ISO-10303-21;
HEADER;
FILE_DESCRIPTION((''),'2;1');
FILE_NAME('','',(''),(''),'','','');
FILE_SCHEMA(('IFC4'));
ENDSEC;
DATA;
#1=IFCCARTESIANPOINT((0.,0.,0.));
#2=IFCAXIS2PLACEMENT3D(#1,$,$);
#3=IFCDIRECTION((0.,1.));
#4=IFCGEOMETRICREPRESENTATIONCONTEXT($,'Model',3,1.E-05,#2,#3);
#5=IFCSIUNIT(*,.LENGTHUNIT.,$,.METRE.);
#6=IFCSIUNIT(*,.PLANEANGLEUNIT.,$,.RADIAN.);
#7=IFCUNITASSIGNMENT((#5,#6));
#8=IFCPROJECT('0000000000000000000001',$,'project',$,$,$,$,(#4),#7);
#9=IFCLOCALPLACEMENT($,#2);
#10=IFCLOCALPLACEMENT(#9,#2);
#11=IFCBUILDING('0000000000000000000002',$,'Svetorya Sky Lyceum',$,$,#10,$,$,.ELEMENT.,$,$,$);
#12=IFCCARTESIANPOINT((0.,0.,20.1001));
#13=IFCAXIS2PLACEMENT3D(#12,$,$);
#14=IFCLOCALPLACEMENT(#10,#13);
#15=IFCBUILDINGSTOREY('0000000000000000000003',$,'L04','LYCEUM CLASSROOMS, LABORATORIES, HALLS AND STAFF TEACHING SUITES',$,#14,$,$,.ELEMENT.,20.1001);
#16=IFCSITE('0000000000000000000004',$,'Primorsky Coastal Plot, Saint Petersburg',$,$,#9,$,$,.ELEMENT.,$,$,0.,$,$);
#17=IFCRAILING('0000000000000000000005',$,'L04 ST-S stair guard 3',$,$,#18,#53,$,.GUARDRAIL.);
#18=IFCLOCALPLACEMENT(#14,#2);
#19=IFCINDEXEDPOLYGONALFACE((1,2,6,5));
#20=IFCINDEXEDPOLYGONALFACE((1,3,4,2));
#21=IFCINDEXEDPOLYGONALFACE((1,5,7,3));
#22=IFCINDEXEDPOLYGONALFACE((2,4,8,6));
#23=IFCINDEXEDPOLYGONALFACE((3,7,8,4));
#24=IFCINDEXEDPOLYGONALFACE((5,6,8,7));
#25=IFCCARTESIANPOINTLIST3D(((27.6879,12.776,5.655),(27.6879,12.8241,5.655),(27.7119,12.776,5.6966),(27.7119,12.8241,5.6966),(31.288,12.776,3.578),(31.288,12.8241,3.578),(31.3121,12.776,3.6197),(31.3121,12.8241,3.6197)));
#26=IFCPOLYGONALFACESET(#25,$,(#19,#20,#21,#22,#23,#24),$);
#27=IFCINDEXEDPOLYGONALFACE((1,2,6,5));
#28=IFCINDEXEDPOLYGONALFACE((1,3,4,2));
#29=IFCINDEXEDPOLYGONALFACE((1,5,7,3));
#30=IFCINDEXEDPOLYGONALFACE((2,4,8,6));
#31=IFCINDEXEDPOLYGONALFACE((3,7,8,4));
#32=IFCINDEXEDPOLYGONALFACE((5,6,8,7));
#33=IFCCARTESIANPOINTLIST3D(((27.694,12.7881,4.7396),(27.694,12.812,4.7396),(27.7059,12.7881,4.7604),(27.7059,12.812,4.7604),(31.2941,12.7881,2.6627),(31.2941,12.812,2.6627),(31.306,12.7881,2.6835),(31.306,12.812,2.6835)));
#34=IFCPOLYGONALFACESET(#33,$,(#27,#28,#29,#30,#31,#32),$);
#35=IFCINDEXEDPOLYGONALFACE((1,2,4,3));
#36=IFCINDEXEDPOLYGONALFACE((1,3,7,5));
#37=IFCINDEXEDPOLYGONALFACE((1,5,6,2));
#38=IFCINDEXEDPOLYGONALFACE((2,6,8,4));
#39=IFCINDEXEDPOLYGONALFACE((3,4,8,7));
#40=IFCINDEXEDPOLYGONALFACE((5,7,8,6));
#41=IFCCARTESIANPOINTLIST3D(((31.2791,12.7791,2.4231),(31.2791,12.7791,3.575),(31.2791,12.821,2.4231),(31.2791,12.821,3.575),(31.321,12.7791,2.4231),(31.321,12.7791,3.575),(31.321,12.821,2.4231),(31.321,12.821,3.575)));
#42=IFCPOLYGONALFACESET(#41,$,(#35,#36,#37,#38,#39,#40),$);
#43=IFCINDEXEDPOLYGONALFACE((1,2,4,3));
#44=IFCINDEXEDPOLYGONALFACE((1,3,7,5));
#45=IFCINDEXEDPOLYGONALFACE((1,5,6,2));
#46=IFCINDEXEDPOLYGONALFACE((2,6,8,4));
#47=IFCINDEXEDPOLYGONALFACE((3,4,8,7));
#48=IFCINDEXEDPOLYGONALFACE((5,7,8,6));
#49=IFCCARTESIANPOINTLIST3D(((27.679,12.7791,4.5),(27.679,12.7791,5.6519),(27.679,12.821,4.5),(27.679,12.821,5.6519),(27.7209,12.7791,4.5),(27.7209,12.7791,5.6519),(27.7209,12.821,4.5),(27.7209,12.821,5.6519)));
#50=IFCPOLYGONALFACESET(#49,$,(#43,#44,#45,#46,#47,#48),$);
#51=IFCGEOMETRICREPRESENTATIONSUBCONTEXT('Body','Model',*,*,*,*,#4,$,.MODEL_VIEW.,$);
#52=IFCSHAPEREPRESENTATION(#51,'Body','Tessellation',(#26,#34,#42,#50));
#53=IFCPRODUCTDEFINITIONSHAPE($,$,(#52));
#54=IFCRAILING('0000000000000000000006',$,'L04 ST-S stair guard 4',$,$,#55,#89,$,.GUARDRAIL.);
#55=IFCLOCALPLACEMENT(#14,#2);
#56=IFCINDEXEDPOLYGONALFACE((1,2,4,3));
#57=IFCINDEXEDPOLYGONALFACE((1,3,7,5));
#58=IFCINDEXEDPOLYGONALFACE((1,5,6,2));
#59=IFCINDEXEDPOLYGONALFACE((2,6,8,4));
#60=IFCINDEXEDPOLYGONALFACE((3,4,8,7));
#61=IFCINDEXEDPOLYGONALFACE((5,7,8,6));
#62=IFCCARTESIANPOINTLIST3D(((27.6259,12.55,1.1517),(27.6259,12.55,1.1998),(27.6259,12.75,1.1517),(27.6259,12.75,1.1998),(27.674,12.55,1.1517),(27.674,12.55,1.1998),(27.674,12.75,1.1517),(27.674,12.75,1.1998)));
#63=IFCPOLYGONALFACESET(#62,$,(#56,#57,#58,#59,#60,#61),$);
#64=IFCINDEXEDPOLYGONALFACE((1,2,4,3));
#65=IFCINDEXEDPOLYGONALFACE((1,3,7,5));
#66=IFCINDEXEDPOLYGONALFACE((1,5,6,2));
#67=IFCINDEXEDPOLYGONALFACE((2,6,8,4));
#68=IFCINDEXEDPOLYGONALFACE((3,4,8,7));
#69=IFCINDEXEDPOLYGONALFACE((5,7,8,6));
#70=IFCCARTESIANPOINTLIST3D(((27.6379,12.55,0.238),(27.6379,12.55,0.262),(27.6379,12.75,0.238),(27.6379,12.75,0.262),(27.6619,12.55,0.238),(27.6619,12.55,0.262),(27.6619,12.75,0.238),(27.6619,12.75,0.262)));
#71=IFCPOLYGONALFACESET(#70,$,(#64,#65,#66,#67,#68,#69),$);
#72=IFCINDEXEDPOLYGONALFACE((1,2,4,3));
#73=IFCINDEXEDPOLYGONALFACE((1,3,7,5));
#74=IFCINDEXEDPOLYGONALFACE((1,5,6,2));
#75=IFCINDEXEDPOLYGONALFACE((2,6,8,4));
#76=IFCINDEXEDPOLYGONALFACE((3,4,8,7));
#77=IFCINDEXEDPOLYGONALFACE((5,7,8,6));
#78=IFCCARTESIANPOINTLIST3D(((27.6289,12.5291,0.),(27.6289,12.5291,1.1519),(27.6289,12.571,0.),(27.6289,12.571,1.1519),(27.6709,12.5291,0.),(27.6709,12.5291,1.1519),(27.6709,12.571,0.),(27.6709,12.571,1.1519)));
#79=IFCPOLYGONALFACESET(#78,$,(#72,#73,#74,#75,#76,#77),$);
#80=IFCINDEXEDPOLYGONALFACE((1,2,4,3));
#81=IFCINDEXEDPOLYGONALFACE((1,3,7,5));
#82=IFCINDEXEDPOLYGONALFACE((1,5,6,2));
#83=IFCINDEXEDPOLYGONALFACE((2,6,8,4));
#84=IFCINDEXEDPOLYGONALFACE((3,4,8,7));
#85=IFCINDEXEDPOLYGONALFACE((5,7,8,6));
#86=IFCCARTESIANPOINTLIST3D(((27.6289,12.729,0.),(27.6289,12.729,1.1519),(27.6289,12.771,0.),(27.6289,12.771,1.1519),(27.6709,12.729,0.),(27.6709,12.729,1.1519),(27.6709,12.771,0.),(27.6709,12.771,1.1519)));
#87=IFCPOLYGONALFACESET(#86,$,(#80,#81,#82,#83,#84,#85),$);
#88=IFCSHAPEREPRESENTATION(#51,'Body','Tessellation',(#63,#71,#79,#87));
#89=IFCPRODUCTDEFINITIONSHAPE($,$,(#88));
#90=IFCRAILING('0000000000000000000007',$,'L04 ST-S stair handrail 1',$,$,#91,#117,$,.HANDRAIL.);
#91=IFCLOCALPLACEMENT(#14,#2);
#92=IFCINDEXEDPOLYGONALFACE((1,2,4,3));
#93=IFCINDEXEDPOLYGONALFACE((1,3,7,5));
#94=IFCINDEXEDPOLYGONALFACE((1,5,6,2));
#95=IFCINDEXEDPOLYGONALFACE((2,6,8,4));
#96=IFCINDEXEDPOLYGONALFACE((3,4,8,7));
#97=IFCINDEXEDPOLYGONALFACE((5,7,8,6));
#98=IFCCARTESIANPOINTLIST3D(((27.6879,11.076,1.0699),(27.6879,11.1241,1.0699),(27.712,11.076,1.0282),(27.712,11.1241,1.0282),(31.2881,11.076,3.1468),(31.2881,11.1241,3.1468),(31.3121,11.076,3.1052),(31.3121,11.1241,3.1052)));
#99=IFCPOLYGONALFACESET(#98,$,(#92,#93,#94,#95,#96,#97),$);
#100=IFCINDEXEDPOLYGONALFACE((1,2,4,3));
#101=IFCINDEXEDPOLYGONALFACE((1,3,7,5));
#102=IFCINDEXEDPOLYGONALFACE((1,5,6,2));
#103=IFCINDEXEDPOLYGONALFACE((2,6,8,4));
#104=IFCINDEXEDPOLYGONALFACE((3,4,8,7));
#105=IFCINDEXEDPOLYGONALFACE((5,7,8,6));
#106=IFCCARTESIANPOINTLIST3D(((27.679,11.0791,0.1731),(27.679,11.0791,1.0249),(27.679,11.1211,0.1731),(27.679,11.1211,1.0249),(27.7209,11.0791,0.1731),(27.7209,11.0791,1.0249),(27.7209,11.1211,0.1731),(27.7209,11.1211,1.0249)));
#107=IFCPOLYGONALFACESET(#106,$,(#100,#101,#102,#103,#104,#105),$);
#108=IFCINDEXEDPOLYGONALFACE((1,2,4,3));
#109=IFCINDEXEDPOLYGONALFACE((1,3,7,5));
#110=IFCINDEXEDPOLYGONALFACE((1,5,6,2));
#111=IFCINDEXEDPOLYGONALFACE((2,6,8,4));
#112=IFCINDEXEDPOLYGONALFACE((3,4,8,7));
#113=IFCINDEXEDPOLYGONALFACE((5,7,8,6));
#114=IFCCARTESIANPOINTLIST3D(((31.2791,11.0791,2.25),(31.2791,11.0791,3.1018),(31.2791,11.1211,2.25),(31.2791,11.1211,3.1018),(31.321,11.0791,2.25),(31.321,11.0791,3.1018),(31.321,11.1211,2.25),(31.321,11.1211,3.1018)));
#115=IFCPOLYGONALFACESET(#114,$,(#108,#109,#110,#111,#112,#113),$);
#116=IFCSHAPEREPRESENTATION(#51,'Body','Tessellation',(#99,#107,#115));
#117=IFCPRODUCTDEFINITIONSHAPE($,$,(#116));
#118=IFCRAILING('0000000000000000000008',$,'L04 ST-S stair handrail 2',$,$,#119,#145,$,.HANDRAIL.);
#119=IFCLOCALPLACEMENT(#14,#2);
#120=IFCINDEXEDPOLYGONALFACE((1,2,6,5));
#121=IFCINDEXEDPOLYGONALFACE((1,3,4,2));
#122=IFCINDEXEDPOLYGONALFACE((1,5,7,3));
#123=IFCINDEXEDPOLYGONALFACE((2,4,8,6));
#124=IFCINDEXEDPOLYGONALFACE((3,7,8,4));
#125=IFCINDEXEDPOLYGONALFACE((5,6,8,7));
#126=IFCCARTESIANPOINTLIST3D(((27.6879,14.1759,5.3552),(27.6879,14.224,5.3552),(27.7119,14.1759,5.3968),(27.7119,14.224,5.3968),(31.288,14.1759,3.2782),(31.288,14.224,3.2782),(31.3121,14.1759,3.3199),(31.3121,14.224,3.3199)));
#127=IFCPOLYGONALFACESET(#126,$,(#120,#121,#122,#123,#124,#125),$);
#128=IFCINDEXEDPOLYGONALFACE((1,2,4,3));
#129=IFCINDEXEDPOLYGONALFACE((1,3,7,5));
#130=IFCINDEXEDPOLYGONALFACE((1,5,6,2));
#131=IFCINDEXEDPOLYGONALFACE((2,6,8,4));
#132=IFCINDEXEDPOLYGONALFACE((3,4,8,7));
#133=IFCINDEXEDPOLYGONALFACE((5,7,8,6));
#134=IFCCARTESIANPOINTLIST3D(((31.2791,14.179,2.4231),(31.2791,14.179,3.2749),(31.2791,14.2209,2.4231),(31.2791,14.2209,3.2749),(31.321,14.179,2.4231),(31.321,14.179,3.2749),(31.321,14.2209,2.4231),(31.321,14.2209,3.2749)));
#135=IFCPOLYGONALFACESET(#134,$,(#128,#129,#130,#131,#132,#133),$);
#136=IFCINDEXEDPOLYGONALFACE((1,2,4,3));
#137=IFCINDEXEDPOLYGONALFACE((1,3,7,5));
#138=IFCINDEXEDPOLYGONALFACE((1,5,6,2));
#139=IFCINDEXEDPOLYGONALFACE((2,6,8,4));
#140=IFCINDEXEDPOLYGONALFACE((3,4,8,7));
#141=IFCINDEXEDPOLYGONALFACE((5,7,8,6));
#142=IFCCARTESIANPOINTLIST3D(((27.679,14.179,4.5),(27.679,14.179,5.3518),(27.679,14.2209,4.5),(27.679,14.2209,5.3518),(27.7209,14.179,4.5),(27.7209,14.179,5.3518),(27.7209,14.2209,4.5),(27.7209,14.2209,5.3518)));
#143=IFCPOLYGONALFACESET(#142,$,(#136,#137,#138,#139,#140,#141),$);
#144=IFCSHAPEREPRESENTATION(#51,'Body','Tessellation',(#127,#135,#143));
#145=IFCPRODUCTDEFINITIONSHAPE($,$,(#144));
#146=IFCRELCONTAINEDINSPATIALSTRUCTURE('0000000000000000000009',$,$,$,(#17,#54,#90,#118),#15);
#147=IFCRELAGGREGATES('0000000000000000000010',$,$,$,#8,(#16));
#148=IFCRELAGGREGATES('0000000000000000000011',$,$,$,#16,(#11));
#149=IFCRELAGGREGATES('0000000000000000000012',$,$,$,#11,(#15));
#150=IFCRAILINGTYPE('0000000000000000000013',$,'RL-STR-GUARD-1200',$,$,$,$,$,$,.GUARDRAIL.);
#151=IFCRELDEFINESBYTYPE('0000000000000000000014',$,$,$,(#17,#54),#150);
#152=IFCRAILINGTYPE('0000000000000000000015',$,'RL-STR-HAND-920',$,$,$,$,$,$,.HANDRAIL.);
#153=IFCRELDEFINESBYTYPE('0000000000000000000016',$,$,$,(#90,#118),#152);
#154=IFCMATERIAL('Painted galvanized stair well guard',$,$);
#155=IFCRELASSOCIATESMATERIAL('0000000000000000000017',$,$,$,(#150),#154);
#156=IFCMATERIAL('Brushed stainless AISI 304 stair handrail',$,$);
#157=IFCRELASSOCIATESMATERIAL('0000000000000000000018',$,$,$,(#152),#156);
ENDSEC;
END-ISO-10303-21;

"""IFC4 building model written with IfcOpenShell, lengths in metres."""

from ifc_helpers import new_model, si_unit, direction, frame, origin, origin_2d, place, context, subcontext, project, spatial, rectangle, extrude, material, type_object, element, save


model = new_model("IFC4")

# Units and contexts
model_context = context("Model", 3, precision=1e-05, world=origin(), true_north=direction((0.0, 1.0)))
body_context = subcontext(model_context, "Body", "Model", "MODEL_VIEW")
ifc_project = project(units=[si_unit("LENGTHUNIT", "METRE"), si_unit("PLANEANGLEUNIT", "RADIAN")], contexts=[model_context])

# Site, building, storey
site_placement = place(None, origin())
site = spatial("IfcSite", under=ifc_project, at=site_placement, Name="Primorsky Coastal Plot, Saint Petersburg", CompositionType="ELEMENT", RefElevation=0.0)
building_placement = place(site_placement, origin())
building = spatial("IfcBuilding", under=site, at=building_placement, Name="Svetorya Sky Lyceum", CompositionType="ELEMENT")
storey_placement = place(building_placement, frame((0.0, 0.0, 20.1001)))
storey = spatial("IfcBuildingStorey", under=building, at=storey_placement, Name="L04", Description="LYCEUM CLASSROOMS, LABORATORIES, HALLS AND STAFF TEACHING SUITES", CompositionType="ELEMENT", Elevation=20.1001)

# Railings
ifc_material_1 = material(Name="Painted galvanized stair well guard")
railing_type_1 = type_object("IfcRailingType", Name="RL-STR-GUARD-1200", PredefinedType="GUARDRAIL", material=ifc_material_1)
railing_1_placement = place(storey_placement, frame((31.3, 12.8, 2.4231)))
element("IfcRailing", 1, at=railing_1_placement, inside=storey, type_object=railing_type_1, Name="L04 ST-S stair guard 3", PredefinedType="GUARDRAIL", context=body_context, shape_type="SweptSolid", body=[
    extrude(rectangle(XDim=0.0481, YDim=0.0481, at=origin_2d()), frame((0.0, 0.0, 1.1758), z_axis=(-0.866193, 0.0, 0.499709), x_axis=(0.0, -1.0, 0.0)), (0.0, 0.0, 1.0), 4.1562),
    extrude(rectangle(XDim=0.0239, YDim=0.0239, at=origin_2d()), frame((0.0, 0.0, 0.25), z_axis=(-0.866193, 0.0, 0.499709), x_axis=(0.0, -1.0, 0.0)), (0.0, 0.0, 1.0), 4.1562),
    extrude(rectangle(XDim=0.042, YDim=0.042, at=origin_2d()), origin(), (0.0, 0.0, 1.0), 1.1519),
    extrude(rectangle(XDim=0.042, YDim=0.042, at=origin_2d()), frame((-3.6001, 0.0, 2.0769)), (0.0, 0.0, 1.0), 1.1519),
])
railing_2_placement = place(storey_placement, frame((27.6499, 12.55, 0.0)))
element("IfcRailing", 2, at=railing_2_placement, inside=storey, type_object=railing_type_1, Name="L04 ST-S stair guard 4", PredefinedType="GUARDRAIL", context=body_context, shape_type="SweptSolid", body=[
    extrude(rectangle(XDim=0.0481, YDim=0.0481, at=origin_2d()), frame((0.0, 0.0, 1.1758), z_axis=(0.0, 1.0, 0.0), x_axis=(-1.0, 0.0, 0.0)), (0.0, 0.0, 1.0), 0.2),
    extrude(rectangle(XDim=0.0239, YDim=0.0239, at=origin_2d()), frame((0.0, 0.0, 0.25), z_axis=(0.0, 1.0, 0.0), x_axis=(-1.0, 0.0, 0.0)), (0.0, 0.0, 1.0), 0.2),
    extrude(rectangle(XDim=0.042, YDim=0.042, at=origin_2d()), origin(), (0.0, 0.0, 1.0), 1.1519),
    extrude(rectangle(XDim=0.042, YDim=0.042, at=origin_2d()), frame((0.0, 0.2, 0.0)), (0.0, 0.0, 1.0), 1.1519),
])
ifc_material_2 = material(Name="Brushed stainless AISI 304 stair handrail")
railing_type_2 = type_object("IfcRailingType", Name="RL-STR-HAND-920", PredefinedType="HANDRAIL", material=ifc_material_2)
railing_3_placement = place(storey_placement, frame((27.7, 11.1001, 0.1731)))
element("IfcRailing", 3, at=railing_3_placement, inside=storey, type_object=railing_type_2, Name="L04 ST-S stair handrail 1", PredefinedType="HANDRAIL", context=body_context, shape_type="SweptSolid", body=[
    extrude(rectangle(XDim=0.0481, YDim=0.0481, at=origin_2d()), frame((0.0, 0.0, 0.876), z_axis=(0.866193, 0.0, 0.499709), x_axis=(0.0, 1.0, 0.0)), (0.0, 0.0, 1.0), 4.1562),
    extrude(rectangle(XDim=0.042, YDim=0.042, at=origin_2d()), origin(), (0.0, 0.0, 1.0), 0.8518),
    extrude(rectangle(XDim=0.042, YDim=0.042, at=origin_2d()), frame((3.6001, 0.0, 2.0769)), (0.0, 0.0, 1.0), 0.8518),
])
railing_4_placement = place(storey_placement, frame((31.3, 14.2, 2.4231)))
element("IfcRailing", 4, at=railing_4_placement, inside=storey, type_object=railing_type_2, Name="L04 ST-S stair handrail 2", PredefinedType="HANDRAIL", context=body_context, shape_type="SweptSolid", body=[
    extrude(rectangle(XDim=0.0481, YDim=0.0481, at=origin_2d()), frame((0.0, 0.0, 0.876), z_axis=(-0.866193, 0.0, 0.499709), x_axis=(0.0, -1.0, 0.0)), (0.0, 0.0, 1.0), 4.1562),
    extrude(rectangle(XDim=0.042, YDim=0.042, at=origin_2d()), origin(), (0.0, 0.0, 1.0), 0.8518),
    extrude(rectangle(XDim=0.042, YDim=0.042, at=origin_2d()), frame((-3.6001, 0.0, 2.0769)), (0.0, 0.0, 1.0), 0.8518),
])

save(model, "model.ifc")
